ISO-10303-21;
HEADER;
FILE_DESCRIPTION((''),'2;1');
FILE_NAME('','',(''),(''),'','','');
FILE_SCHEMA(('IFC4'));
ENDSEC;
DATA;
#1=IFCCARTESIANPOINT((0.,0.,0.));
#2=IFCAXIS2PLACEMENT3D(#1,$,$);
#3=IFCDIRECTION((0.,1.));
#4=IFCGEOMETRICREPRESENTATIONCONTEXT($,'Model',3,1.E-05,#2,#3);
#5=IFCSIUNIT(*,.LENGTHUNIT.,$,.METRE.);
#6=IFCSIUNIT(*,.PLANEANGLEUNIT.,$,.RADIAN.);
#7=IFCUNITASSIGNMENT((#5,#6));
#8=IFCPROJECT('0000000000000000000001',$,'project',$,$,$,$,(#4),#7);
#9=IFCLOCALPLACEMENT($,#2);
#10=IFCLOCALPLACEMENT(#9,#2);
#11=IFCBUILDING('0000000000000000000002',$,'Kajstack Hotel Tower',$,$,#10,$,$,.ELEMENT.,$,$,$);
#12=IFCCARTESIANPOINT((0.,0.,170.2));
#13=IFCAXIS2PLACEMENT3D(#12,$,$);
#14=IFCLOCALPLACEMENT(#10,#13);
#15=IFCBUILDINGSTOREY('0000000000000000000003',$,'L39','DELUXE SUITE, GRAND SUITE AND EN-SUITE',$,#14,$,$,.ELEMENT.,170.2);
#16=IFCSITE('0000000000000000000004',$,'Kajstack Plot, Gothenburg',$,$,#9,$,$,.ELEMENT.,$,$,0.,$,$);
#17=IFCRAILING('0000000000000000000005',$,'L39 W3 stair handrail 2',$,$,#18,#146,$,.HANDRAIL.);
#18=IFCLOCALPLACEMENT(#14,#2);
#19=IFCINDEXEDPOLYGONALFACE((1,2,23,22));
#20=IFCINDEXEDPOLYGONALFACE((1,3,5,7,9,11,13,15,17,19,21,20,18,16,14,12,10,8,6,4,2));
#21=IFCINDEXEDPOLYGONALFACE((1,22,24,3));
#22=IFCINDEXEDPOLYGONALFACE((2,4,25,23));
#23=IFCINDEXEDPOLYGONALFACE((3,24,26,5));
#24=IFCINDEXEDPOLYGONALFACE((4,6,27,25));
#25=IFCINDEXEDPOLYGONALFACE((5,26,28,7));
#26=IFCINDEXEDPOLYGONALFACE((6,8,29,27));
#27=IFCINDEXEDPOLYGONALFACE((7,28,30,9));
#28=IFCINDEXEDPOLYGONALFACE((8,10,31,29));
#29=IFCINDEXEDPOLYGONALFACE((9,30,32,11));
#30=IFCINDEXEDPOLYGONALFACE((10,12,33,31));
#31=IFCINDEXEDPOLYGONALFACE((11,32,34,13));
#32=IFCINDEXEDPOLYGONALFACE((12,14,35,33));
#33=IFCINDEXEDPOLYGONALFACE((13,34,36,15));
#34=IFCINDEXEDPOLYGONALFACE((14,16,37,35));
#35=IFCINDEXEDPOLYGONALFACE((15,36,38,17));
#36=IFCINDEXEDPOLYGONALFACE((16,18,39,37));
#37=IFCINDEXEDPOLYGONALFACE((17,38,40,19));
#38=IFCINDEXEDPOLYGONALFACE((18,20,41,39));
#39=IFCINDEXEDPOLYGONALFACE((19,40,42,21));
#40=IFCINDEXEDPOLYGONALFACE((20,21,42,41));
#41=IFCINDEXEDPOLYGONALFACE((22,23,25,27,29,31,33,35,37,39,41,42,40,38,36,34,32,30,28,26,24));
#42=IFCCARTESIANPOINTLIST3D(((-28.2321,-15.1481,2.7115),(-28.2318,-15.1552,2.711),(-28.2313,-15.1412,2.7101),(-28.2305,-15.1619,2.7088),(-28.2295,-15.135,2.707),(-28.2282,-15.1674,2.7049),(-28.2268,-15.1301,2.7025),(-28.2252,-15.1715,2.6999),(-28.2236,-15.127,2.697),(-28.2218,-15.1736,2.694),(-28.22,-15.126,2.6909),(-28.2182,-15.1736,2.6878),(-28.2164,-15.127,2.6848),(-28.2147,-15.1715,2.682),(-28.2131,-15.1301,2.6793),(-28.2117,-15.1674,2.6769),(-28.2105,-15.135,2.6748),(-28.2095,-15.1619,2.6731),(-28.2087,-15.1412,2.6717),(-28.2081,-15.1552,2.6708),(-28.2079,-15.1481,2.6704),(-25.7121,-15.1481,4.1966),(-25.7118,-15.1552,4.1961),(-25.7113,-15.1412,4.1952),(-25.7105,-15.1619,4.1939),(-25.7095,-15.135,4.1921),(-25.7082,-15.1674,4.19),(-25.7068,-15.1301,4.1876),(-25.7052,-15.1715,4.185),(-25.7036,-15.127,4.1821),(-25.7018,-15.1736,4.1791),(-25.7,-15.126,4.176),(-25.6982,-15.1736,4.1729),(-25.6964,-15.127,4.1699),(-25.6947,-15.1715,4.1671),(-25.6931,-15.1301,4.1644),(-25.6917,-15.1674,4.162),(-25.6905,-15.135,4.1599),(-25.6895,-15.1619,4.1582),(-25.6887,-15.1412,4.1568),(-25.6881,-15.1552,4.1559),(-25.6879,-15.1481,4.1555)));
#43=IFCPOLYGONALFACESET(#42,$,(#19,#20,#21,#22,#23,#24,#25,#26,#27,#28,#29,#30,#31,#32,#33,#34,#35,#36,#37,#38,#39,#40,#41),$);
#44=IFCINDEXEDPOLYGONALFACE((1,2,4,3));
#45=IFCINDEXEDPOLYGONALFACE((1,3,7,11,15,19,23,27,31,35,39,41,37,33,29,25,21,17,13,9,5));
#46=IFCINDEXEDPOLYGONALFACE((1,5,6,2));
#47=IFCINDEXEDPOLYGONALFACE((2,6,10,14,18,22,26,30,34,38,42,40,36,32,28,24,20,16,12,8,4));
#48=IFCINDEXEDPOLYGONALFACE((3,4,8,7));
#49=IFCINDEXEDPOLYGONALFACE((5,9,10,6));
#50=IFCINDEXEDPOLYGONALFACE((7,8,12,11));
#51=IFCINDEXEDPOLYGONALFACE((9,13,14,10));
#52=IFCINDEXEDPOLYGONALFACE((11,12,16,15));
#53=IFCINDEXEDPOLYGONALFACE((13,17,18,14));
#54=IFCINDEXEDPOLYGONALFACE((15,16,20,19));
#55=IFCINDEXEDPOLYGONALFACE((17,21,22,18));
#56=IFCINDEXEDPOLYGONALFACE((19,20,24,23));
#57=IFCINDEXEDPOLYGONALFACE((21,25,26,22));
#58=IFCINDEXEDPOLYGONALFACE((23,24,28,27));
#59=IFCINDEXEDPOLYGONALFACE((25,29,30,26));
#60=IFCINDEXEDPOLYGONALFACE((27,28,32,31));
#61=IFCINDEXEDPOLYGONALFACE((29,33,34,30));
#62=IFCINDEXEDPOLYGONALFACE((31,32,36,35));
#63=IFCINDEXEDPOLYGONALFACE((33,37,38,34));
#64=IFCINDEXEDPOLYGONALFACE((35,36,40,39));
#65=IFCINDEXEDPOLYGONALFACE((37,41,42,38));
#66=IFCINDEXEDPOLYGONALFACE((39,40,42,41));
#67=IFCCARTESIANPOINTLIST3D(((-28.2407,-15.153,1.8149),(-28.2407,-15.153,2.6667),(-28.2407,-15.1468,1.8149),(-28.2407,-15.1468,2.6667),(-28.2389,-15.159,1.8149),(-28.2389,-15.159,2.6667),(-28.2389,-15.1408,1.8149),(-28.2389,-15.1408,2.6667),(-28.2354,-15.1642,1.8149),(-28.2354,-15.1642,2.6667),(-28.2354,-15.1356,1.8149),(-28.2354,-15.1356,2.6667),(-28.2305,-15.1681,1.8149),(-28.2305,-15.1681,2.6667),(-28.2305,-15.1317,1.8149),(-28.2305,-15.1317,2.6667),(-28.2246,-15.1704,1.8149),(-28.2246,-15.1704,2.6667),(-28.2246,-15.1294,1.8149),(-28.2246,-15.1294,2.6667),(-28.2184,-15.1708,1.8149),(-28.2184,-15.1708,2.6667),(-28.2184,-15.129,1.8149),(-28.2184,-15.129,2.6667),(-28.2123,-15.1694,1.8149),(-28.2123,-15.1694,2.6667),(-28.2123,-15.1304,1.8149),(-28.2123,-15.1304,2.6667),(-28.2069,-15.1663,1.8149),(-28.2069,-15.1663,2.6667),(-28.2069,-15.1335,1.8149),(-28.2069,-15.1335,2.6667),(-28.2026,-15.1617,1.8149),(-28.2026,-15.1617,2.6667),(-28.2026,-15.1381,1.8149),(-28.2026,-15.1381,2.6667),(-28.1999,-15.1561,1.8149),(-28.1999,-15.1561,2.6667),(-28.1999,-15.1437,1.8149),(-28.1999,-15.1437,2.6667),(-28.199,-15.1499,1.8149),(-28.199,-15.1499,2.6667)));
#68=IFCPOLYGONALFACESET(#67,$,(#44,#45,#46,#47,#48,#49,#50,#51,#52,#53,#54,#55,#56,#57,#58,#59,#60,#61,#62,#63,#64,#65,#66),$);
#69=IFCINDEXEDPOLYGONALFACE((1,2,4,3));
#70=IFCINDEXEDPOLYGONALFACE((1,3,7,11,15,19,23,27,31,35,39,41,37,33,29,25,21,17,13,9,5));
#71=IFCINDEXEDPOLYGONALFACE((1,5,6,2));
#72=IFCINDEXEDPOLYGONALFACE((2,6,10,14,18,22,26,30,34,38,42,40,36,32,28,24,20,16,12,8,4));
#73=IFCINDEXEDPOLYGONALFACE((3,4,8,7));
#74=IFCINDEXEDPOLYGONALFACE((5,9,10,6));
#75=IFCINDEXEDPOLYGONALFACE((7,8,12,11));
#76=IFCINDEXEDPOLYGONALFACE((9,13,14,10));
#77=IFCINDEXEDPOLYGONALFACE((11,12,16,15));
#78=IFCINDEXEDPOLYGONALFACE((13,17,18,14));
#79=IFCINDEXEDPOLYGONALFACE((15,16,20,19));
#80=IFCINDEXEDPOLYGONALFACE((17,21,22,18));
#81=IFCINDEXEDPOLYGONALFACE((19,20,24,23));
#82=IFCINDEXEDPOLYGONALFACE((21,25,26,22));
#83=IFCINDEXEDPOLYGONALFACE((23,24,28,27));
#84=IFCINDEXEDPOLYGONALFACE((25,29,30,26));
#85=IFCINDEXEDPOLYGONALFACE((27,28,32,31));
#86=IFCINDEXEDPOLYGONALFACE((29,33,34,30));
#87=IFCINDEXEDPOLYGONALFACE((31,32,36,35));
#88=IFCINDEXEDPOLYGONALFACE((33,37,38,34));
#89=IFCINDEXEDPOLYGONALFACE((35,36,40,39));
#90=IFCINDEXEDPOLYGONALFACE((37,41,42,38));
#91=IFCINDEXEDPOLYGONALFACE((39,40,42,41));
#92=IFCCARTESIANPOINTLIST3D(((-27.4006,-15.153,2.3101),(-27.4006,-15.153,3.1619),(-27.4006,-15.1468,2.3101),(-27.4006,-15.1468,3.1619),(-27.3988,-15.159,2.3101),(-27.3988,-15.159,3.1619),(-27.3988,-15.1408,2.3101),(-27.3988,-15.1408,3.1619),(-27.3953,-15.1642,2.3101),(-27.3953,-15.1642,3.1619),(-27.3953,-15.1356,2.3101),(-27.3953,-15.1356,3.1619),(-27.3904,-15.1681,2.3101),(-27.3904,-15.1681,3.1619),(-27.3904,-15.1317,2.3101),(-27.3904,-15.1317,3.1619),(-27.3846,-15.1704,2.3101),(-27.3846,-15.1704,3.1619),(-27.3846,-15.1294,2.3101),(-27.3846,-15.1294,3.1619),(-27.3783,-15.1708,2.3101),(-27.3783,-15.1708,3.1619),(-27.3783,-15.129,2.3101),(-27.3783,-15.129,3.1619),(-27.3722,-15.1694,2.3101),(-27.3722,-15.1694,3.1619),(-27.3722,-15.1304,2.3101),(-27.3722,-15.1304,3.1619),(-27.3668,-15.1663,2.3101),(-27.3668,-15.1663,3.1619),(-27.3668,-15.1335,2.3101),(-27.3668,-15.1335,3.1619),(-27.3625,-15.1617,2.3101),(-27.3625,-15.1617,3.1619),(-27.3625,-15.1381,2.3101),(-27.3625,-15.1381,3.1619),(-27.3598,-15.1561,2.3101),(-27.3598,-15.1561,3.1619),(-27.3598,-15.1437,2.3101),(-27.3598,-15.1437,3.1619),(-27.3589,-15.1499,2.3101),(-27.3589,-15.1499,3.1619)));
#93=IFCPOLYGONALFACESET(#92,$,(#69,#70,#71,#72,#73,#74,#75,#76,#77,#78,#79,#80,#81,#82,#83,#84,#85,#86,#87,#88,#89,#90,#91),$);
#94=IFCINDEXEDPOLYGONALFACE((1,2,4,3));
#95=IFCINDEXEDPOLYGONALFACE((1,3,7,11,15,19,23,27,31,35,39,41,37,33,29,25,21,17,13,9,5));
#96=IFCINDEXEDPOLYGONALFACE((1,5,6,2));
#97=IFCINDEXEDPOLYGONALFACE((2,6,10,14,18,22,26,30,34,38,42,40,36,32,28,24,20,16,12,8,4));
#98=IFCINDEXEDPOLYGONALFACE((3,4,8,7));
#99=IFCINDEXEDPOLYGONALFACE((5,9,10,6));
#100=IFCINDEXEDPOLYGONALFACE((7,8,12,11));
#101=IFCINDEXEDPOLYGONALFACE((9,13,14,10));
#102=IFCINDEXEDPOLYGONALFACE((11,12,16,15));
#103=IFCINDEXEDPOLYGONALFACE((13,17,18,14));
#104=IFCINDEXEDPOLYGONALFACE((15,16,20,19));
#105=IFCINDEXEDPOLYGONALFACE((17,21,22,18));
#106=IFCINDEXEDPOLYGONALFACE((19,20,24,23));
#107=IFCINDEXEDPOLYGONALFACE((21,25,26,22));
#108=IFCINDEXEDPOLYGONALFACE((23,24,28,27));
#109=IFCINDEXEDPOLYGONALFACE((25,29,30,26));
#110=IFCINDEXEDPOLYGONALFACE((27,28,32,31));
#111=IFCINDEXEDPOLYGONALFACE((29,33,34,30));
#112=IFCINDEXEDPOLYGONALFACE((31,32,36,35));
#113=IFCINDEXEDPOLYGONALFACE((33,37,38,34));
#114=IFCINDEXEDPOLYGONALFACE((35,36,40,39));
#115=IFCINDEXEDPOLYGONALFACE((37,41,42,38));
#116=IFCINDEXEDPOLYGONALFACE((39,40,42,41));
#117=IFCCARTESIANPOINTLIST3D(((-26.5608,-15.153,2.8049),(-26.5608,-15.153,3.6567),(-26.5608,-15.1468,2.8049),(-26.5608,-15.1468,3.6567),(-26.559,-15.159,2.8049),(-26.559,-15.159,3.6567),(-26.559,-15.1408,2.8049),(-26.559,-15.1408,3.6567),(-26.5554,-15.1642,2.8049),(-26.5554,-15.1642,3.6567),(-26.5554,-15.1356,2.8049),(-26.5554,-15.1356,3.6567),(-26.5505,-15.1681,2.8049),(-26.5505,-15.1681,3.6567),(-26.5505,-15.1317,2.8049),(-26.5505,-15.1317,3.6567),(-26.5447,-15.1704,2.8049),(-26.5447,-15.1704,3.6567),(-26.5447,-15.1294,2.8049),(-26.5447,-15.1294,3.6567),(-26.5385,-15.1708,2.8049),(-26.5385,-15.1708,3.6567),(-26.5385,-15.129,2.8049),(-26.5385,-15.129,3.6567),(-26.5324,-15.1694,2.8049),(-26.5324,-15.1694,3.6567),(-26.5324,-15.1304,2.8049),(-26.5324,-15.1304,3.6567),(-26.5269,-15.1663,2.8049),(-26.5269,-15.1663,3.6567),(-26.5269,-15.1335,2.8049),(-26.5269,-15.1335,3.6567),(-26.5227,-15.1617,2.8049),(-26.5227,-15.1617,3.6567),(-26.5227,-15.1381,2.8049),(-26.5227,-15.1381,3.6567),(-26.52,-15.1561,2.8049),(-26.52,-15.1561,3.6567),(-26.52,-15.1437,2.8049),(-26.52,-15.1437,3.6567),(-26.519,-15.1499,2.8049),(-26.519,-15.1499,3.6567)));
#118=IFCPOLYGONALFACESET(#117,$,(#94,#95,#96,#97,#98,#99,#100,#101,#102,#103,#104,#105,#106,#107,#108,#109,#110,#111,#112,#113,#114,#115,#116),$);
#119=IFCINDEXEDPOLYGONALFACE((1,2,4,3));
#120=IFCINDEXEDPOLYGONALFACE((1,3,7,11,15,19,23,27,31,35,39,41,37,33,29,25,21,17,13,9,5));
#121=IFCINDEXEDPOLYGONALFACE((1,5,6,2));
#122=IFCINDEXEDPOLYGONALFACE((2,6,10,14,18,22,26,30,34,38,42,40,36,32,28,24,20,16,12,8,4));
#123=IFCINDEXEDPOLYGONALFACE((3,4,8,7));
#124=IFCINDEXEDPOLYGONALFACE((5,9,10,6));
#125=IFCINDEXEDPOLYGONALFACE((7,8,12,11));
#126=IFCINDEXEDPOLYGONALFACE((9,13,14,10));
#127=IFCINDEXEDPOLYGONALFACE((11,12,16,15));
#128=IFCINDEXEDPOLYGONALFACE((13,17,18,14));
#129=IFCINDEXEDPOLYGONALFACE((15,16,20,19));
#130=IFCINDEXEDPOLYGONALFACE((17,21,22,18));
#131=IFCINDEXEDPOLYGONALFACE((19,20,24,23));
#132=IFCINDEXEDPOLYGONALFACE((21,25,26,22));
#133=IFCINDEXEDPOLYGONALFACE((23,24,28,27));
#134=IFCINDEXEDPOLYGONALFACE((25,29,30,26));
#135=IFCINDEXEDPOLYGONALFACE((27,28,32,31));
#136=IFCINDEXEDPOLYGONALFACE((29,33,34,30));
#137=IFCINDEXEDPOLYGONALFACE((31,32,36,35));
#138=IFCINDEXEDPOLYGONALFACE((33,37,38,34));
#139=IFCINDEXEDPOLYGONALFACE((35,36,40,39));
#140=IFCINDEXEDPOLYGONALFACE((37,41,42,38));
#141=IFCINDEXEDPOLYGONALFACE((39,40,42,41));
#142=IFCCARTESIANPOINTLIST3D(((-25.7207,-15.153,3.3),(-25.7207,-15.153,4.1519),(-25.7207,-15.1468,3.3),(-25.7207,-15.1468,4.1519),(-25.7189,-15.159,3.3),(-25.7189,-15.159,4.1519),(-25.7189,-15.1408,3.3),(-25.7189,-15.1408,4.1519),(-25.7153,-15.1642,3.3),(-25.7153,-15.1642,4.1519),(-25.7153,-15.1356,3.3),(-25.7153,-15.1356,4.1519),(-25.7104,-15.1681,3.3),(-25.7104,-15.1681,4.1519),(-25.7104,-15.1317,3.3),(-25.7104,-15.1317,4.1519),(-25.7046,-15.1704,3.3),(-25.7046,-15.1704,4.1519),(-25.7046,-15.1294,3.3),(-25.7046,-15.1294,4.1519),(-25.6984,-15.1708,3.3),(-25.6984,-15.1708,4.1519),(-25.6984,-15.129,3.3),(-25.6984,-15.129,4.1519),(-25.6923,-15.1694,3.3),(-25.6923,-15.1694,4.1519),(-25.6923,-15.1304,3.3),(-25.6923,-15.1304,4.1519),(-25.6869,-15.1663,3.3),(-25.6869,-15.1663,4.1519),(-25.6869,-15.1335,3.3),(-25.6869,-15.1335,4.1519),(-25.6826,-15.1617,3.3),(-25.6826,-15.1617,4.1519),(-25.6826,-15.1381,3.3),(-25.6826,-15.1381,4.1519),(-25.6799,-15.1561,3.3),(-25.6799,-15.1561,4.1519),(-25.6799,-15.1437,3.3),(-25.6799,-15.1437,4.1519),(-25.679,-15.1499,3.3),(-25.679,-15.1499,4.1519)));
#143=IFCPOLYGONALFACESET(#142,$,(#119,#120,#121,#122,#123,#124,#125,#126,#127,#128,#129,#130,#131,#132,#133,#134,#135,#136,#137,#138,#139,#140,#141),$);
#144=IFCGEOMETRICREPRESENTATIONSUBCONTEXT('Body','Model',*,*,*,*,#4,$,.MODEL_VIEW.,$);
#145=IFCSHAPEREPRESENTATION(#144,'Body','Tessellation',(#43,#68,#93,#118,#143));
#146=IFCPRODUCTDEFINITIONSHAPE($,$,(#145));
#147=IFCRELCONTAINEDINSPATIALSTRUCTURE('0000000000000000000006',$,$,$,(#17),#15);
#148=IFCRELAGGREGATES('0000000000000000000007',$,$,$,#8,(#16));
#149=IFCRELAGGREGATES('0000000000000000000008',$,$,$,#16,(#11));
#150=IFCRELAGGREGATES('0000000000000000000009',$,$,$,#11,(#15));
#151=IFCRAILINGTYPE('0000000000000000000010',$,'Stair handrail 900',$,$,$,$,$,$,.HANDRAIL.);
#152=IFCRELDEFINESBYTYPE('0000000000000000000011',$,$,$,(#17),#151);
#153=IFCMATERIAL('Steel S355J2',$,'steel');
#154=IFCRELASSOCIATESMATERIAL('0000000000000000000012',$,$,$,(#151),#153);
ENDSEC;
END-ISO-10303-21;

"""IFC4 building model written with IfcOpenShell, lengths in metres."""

from ifc_helpers import new_model, si_unit, direction, frame, origin, origin_2d, place, context, subcontext, project, spatial, circle, extrude, material, type_object, element, save


model = new_model("IFC4")

# Units and contexts
model_context = context("Model", 3, precision=1e-05, world=origin(), true_north=direction((0.0, 1.0)))
body_context = subcontext(model_context, "Body", "Model", "MODEL_VIEW")
ifc_project = project(units=[si_unit("LENGTHUNIT", "METRE"), si_unit("PLANEANGLEUNIT", "RADIAN")], contexts=[model_context])

# Site, building, storey
site_placement = place(None, origin())
site = spatial("IfcSite", under=ifc_project, at=site_placement, Name="Kajstack Plot, Gothenburg", CompositionType="ELEMENT", RefElevation=0.0)
building_placement = place(site_placement, origin())
building = spatial("IfcBuilding", under=site, at=building_placement, Name="Kajstack Hotel Tower", CompositionType="ELEMENT")
storey_placement = place(building_placement, frame((0.0, 0.0, 170.2)))
storey = spatial("IfcBuildingStorey", under=building, at=storey_placement, Name="L39", Description="DELUXE SUITE, GRAND SUITE AND EN-SUITE", CompositionType="ELEMENT", Elevation=170.2)

# Railing
ifc_material_1 = material(Name="Steel S355J2", Category="steel")
railing_type_1 = type_object("IfcRailingType", Name="Stair handrail 900", PredefinedType="HANDRAIL", material=ifc_material_1)
railing_1_placement = place(storey_placement, frame((-28.22, -15.1499, 1.8149)))
element("IfcRailing", 1, at=railing_1_placement, inside=storey, type_object=railing_type_1, Name="L39 W3 stair handrail 2", PredefinedType="HANDRAIL", context=body_context, shape_type="SweptSolid", body=[
    extrude(circle(Radius=0.0239, at=origin_2d()), frame((0.0, 0.0, 0.876), z_axis=(0.861524, 0.0, 0.507717), x_axis=(0.0, 1.0, 0.0)), (0.0, 0.0, 1.0), 2.925),
    extrude(circle(Radius=0.021, at=origin_2d()), origin(), (0.0, 0.0, 1.0), 0.8518),
    extrude(circle(Radius=0.021, at=origin_2d()), frame((0.8401, 0.0, 0.4951)), (0.0, 0.0, 1.0), 0.8518),
    extrude(circle(Radius=0.021, at=origin_2d()), frame((1.6799, 0.0, 0.99)), (0.0, 0.0, 1.0), 0.8518),
    extrude(circle(Radius=0.021, at=origin_2d()), frame((2.52, 0.0, 1.4851)), (0.0, 0.0, 1.0), 0.8518),
])

save(model, "model.ifc")
